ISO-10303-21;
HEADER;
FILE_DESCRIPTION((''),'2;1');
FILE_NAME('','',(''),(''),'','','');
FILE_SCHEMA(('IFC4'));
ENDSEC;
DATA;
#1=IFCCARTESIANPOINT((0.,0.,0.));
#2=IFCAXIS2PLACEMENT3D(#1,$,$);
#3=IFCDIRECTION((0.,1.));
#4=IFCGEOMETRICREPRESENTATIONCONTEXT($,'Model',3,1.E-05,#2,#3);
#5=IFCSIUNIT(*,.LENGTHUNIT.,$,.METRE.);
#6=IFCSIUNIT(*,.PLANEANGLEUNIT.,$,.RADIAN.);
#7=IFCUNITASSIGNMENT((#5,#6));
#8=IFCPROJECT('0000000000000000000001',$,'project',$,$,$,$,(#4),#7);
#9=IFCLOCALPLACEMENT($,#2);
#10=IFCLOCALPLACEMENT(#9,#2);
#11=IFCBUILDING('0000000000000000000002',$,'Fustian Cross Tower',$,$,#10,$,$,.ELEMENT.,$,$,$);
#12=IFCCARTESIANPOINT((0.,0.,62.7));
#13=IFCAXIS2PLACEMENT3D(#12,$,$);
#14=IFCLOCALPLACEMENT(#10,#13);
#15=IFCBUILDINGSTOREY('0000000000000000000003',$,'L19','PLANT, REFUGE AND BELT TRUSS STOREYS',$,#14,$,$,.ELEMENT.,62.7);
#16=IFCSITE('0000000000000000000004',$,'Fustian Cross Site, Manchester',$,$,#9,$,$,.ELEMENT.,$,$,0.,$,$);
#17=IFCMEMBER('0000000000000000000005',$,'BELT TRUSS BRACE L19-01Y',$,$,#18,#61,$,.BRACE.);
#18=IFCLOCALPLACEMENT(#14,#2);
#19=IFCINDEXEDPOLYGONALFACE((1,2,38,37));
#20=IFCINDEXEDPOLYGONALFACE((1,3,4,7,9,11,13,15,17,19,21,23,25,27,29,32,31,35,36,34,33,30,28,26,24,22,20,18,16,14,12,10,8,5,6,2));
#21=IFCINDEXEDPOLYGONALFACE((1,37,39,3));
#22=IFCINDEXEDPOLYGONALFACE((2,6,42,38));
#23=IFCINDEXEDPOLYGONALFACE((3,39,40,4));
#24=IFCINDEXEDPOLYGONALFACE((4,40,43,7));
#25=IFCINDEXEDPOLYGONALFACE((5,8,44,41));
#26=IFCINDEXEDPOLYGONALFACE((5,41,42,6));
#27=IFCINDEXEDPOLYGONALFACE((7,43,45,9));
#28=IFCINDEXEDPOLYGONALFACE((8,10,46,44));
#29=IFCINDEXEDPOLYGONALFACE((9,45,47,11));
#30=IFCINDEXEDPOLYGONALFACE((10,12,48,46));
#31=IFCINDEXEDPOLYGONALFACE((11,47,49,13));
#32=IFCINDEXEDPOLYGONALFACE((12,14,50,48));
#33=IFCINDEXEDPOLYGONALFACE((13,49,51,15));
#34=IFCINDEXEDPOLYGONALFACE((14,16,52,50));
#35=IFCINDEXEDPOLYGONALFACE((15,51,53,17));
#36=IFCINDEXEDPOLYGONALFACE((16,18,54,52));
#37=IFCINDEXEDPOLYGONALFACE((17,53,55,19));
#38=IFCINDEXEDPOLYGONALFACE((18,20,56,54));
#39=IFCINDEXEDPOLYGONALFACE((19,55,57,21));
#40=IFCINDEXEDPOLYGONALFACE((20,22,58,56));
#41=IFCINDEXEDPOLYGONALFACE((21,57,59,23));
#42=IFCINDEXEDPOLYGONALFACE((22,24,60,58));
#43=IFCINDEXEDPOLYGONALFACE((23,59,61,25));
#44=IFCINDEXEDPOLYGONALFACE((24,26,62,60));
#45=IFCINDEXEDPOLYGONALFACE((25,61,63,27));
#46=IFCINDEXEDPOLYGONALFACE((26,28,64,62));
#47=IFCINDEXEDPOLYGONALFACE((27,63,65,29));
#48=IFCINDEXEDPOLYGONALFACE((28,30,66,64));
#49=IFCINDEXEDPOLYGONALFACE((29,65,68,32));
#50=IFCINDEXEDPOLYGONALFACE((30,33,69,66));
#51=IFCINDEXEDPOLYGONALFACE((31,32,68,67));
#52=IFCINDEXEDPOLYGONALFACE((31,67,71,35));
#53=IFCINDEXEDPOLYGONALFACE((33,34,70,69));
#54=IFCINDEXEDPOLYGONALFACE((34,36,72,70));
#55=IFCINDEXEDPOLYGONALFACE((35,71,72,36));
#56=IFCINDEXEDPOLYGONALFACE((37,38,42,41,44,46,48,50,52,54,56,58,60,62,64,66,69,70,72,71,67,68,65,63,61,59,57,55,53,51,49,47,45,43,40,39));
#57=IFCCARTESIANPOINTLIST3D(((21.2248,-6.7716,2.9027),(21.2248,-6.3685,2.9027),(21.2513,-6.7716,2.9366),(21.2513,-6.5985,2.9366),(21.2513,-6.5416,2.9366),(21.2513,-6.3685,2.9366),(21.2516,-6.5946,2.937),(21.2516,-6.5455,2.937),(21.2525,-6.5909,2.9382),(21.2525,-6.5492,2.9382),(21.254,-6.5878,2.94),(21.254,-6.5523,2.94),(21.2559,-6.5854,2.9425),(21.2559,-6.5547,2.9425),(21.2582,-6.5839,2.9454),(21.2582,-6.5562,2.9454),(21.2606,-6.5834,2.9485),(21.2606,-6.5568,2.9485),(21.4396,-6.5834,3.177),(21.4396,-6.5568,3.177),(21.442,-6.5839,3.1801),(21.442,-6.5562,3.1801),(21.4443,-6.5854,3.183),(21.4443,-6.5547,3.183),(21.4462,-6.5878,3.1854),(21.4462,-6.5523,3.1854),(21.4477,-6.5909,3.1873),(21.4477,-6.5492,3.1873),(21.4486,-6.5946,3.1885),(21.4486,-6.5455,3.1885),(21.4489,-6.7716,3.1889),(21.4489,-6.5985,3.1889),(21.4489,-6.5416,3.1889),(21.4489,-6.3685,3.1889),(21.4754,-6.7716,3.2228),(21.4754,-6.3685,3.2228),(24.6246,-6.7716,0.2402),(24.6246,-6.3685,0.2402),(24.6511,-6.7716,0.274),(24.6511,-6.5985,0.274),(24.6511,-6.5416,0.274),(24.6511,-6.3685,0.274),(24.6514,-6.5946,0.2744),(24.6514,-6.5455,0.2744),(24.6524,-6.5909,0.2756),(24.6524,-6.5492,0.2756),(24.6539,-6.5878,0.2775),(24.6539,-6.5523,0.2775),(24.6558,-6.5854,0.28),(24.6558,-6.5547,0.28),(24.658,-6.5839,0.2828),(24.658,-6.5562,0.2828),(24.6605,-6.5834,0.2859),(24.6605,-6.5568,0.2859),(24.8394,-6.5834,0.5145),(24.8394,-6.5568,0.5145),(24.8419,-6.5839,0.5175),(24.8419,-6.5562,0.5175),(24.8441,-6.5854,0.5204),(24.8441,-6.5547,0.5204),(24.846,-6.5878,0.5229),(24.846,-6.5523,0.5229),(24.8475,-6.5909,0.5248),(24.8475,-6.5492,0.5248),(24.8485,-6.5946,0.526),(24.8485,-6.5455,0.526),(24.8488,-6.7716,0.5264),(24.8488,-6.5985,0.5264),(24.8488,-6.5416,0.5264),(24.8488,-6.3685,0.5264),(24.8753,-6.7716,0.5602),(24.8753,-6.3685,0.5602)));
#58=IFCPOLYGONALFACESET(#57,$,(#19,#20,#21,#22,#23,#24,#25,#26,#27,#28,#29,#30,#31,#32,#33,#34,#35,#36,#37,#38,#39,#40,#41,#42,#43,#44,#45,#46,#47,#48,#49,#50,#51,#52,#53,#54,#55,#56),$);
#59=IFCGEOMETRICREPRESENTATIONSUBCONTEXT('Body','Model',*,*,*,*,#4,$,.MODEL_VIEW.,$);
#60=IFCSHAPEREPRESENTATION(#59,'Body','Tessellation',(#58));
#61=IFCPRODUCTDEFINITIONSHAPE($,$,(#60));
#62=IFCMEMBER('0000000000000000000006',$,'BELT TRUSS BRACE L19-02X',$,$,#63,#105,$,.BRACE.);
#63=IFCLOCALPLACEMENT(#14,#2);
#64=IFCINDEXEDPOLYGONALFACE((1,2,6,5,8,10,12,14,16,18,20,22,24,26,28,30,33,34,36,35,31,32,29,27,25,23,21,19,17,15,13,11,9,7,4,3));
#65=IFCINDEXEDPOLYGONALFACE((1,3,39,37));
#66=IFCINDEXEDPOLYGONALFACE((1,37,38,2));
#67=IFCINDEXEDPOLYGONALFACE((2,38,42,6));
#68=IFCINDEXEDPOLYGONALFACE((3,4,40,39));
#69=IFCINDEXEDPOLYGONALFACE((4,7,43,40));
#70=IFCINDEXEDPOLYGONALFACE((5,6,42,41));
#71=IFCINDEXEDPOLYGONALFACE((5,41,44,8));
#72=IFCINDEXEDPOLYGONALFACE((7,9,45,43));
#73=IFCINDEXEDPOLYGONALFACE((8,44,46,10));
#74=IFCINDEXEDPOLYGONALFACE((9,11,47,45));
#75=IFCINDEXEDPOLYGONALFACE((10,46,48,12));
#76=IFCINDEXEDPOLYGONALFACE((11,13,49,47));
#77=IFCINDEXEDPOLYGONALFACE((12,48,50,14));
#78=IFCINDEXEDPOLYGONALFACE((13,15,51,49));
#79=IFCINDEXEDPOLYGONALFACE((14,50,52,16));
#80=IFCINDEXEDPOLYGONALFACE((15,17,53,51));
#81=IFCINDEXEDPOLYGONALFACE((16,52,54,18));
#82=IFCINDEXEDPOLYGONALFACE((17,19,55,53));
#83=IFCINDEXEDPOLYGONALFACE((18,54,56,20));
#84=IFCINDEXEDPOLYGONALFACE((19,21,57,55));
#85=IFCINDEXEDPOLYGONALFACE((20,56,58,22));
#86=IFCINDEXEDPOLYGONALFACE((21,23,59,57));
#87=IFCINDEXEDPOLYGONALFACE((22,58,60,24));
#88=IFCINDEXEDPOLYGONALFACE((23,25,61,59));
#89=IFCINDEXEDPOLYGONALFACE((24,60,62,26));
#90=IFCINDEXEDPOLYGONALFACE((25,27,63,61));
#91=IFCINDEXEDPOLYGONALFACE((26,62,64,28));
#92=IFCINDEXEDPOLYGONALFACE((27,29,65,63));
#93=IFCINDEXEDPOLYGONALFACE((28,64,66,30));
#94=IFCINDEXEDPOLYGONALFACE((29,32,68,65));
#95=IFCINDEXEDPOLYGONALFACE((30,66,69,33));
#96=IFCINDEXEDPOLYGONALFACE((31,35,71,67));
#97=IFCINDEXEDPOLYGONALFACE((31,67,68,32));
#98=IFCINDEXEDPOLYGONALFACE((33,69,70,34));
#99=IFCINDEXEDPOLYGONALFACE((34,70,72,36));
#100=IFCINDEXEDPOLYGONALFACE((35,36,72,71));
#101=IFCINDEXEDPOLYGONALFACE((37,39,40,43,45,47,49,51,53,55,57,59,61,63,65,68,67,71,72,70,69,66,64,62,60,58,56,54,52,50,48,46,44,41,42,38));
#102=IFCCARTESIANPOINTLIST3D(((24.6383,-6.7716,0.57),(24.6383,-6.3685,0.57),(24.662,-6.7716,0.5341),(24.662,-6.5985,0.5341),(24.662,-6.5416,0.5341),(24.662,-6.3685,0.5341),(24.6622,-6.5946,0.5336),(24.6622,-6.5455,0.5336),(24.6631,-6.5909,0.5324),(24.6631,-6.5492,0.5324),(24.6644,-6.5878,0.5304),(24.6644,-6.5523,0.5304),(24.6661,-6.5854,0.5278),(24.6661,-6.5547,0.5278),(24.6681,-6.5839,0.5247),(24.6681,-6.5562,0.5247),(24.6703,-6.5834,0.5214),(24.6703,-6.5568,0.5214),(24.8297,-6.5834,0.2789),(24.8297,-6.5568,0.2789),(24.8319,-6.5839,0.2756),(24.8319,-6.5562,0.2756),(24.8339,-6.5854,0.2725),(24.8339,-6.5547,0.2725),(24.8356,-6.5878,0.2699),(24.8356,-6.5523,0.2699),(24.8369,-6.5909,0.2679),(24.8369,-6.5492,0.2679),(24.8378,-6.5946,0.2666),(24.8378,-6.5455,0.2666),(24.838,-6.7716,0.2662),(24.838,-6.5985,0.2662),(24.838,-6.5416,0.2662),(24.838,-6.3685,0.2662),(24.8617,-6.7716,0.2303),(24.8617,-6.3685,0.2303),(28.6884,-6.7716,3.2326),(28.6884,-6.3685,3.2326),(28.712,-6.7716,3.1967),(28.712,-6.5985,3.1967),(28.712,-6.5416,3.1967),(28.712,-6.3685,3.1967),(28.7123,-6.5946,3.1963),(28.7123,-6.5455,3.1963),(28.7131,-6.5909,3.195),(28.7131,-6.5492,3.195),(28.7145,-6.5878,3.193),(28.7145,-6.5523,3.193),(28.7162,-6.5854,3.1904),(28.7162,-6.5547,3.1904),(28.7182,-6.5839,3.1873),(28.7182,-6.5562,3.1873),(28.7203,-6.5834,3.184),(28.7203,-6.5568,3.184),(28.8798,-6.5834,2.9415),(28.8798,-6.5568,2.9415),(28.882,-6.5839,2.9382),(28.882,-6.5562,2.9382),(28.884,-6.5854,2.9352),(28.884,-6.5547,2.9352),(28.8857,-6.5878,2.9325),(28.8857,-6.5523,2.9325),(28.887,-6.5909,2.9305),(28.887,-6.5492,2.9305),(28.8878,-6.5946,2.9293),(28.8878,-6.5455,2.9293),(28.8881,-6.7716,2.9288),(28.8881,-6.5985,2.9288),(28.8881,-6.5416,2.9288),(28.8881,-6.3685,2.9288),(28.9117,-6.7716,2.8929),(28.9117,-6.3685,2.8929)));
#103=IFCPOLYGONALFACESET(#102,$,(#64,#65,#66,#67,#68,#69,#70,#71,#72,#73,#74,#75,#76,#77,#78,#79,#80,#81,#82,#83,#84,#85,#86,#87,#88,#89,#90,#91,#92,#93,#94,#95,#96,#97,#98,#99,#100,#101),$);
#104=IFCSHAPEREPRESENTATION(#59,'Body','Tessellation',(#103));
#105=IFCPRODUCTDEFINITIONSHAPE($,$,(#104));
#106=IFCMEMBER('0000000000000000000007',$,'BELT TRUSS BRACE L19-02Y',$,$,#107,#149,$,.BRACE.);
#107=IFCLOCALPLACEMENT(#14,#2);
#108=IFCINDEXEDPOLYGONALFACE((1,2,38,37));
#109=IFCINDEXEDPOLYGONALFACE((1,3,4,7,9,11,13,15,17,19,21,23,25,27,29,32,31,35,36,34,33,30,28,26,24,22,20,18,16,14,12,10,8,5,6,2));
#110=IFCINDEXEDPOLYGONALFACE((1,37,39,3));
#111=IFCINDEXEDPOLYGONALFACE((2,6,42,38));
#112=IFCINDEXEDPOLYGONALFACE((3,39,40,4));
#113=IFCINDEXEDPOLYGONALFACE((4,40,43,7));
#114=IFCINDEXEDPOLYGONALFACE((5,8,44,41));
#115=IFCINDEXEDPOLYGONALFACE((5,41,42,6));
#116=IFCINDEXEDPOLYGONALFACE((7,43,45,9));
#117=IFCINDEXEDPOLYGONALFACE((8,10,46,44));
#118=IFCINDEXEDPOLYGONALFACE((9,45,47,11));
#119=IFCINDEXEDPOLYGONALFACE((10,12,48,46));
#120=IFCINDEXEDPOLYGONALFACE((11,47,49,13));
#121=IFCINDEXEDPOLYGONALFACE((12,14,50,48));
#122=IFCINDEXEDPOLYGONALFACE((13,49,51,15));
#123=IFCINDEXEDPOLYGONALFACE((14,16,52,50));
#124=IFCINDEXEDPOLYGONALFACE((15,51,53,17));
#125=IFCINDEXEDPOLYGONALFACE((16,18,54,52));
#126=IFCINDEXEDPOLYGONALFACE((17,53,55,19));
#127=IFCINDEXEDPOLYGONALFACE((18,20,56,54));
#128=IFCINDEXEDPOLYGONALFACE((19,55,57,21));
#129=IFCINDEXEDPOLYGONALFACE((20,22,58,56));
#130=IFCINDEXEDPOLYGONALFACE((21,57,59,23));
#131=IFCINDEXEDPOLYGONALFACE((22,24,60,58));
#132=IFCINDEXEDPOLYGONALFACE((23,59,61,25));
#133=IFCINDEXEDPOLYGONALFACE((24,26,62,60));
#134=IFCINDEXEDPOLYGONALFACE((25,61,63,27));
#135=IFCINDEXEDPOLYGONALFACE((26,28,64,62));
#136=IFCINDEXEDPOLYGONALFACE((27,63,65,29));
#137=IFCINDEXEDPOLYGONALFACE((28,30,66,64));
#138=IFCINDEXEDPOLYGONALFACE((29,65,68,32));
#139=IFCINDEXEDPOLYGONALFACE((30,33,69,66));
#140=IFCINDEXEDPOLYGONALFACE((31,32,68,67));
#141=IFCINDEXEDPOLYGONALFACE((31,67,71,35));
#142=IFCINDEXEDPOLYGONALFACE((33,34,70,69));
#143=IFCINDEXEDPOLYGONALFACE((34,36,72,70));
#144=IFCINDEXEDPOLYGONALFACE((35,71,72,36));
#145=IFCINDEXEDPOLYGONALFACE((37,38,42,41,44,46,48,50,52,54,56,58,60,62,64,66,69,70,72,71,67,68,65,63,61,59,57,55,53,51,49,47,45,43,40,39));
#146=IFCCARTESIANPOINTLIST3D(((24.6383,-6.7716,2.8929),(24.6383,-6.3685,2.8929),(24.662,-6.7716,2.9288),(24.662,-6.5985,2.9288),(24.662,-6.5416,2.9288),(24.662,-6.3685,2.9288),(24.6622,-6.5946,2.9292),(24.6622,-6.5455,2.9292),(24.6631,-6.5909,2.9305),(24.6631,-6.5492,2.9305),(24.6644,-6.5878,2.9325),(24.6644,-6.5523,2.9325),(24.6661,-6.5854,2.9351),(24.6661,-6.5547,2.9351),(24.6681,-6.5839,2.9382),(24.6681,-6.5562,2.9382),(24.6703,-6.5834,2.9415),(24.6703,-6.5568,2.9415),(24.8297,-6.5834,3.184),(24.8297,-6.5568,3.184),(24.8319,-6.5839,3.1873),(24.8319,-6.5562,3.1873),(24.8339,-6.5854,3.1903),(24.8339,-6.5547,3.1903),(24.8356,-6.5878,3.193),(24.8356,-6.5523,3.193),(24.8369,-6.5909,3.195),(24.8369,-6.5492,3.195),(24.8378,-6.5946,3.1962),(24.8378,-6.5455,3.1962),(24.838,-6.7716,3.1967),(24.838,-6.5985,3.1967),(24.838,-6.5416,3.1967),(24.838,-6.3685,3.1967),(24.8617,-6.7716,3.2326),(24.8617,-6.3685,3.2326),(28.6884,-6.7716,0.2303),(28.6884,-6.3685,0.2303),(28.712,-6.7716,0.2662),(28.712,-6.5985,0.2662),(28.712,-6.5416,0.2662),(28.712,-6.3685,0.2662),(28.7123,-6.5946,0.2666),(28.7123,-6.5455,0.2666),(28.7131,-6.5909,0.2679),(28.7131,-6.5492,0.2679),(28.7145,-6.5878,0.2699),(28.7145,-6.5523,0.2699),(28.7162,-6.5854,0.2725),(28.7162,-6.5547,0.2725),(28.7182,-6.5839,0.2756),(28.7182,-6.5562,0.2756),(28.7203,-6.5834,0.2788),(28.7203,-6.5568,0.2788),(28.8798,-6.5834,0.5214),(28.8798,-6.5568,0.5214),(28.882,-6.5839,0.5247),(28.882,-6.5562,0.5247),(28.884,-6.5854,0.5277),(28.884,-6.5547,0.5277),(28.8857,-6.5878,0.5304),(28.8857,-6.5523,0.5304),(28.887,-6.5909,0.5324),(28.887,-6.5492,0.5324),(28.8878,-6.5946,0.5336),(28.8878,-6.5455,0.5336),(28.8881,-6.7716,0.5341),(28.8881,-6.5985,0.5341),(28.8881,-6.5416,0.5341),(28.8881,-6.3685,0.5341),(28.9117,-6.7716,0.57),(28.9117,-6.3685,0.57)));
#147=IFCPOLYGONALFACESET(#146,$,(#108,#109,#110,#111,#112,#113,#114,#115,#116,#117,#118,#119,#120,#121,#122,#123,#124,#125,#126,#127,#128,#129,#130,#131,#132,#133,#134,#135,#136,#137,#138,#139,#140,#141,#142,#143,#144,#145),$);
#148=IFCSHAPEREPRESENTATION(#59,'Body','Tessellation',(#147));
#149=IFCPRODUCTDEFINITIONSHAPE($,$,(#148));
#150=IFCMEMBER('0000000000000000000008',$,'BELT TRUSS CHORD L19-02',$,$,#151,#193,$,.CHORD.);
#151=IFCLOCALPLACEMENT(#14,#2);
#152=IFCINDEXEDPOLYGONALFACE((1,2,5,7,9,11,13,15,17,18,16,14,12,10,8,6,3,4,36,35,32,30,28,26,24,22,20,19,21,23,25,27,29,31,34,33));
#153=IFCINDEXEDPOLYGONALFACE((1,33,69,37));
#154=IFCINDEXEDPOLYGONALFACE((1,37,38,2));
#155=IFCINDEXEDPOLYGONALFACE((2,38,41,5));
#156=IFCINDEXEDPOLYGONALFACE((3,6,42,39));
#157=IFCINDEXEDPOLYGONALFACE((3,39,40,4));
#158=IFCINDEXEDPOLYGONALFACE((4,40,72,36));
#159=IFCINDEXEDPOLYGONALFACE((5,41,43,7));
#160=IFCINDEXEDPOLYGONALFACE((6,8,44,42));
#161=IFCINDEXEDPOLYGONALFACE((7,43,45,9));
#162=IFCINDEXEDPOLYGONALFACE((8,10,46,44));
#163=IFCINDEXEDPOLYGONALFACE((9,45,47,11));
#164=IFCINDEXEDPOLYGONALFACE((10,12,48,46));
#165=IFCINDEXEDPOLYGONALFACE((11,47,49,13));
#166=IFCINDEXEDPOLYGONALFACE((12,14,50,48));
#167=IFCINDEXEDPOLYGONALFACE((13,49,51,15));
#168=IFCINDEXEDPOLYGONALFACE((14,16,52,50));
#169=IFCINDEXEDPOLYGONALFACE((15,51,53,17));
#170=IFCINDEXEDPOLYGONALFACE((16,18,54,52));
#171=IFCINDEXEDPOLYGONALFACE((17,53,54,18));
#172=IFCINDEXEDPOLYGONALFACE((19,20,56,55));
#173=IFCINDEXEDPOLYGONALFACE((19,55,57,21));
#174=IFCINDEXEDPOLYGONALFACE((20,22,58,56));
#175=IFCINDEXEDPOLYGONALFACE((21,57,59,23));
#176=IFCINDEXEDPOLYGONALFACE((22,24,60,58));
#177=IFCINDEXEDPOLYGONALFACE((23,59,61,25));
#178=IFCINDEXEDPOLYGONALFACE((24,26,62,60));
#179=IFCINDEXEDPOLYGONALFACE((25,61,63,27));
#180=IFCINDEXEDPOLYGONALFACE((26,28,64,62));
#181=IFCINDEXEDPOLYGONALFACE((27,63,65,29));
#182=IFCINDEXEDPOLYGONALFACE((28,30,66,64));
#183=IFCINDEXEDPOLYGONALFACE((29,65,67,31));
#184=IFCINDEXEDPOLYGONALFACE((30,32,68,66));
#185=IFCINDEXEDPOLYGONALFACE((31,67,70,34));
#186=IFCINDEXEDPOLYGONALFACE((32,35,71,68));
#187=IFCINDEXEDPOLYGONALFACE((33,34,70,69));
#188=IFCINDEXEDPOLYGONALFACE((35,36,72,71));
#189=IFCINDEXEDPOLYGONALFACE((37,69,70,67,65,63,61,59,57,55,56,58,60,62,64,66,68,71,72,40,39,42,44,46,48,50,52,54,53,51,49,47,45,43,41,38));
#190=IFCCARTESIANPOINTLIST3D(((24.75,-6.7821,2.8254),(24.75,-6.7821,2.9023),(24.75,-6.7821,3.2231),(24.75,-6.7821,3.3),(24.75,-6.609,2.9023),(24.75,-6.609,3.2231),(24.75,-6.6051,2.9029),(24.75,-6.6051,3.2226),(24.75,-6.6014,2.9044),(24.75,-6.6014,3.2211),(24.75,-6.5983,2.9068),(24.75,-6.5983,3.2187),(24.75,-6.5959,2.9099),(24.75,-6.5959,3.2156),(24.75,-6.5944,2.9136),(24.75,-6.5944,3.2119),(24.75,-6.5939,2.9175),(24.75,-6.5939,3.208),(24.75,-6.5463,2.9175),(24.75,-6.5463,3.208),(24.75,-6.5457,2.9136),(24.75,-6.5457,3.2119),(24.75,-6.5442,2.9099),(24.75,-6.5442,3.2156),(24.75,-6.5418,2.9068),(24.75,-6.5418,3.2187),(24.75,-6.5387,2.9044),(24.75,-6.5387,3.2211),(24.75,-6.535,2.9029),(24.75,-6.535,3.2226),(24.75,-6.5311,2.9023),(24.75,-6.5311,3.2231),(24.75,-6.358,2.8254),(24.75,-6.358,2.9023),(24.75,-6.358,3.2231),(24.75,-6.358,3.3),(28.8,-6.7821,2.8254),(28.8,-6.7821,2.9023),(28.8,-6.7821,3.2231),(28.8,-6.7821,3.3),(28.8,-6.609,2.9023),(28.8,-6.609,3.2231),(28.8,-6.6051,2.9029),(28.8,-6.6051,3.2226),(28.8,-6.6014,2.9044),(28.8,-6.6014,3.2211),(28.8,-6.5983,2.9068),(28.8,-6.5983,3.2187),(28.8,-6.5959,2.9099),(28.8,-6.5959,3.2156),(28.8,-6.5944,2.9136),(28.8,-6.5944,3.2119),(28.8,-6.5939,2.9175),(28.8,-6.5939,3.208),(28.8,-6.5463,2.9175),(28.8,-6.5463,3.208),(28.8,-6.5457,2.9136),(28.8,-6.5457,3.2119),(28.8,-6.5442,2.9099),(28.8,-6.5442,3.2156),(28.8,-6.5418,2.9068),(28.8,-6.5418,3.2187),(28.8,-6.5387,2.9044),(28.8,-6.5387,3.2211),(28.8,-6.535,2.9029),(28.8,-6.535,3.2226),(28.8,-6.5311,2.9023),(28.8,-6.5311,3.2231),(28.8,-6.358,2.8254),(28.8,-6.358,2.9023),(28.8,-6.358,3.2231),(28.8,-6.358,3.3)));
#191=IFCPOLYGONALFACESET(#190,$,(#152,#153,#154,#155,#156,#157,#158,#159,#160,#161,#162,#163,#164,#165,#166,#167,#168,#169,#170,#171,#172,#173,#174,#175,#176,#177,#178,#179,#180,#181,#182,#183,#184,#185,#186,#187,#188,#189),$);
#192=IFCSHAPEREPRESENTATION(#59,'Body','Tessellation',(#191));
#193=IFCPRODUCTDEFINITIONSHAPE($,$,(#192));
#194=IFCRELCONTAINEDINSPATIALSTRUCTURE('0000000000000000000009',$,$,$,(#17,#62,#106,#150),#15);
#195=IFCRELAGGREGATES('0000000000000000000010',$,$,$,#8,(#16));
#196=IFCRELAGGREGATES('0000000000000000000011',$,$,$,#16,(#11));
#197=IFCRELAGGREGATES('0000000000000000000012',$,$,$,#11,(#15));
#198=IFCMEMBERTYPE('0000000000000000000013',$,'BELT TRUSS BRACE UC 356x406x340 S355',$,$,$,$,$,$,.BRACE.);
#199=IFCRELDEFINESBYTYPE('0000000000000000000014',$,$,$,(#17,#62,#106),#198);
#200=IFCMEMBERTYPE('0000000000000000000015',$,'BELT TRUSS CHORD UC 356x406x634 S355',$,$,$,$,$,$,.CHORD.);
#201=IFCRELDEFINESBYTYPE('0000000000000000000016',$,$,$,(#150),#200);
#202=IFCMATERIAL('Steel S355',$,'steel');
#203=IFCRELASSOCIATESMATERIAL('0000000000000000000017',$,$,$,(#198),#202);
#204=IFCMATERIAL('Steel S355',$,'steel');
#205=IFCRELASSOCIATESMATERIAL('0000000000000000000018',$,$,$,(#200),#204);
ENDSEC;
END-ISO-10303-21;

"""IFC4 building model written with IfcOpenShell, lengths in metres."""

from ifc_helpers import new_model, si_unit, direction, frame, origin, origin_2d, place, context, subcontext, project, spatial, i_section, extrude, material, material_profile, profile_set, type_object, element, save


model = new_model("IFC4")

# Units and contexts
model_context = context("Model", 3, precision=1e-05, world=origin(), true_north=direction((0.0, 1.0)))
body_context = subcontext(model_context, "Body", "Model", "MODEL_VIEW")
ifc_project = project(units=[si_unit("LENGTHUNIT", "METRE"), si_unit("PLANEANGLEUNIT", "RADIAN")], contexts=[model_context])

# Site, building, storey
site_placement = place(None, origin())
site = spatial("IfcSite", under=ifc_project, at=site_placement, Name="Fustian Cross Site, Manchester", CompositionType="ELEMENT", RefElevation=0.0)
building_placement = place(site_placement, origin())
building = spatial("IfcBuilding", under=site, at=building_placement, Name="Fustian Cross Tower", CompositionType="ELEMENT")
storey_placement = place(building_placement, frame((0.0, 0.0, 62.7)))
storey = spatial("IfcBuildingStorey", under=building, at=storey_placement, Name="L19", Description="PLANT, REFUGE AND BELT TRUSS STOREYS", CompositionType="ELEMENT", Elevation=62.7)

# Members
ifc_material_1 = material(Name="Steel S355", Category="steel")
ifc_material_profile_1 = material_profile(ifc_material_1, i_section(OverallWidth=0.4031, OverallDepth=0.4065, WebThickness=0.0266, FlangeThickness=0.043, FilletRadius=0.0151, at=origin_2d()), Name="UC 356x406x340")
ifc_profile_set_1 = profile_set([ifc_material_profile_1], Name="Steel S355")
member_type_1 = type_object("IfcMemberType", Name="BELT TRUSS BRACE UC 356x406x340 S355", PredefinedType="BRACE", material=ifc_profile_set_1)
member_placement = place(storey_placement, frame((21.3501, -6.5701, 3.0627), z_axis=(0.787302, 0.0, -0.616567), x_axis=(0.0, 1.0, 0.0)))
element("IfcMember", 1, at=member_placement, inside=storey, type_object=member_type_1, Name="BELT TRUSS BRACE L19-01Y", PredefinedType="BRACE", context=body_context, shape_type="SweptSolid", body=[
    extrude(i_section(OverallWidth=0.4031, OverallDepth=0.4065, WebThickness=0.0266, FlangeThickness=0.043, FilletRadius=0.0151, at=origin_2d()), origin(), (0.0, 0.0, 1.0), 4.3184),
])
for number, where, z_axis, x_axis, name in (
    (2, (24.75, -6.5701, 0.4001), (0.835598, 0.0, 0.549342), (0.0, 1.0, 0.0), "BELT TRUSS BRACE L19-02X"),
    (3, (24.75, -6.5701, 3.0627), (0.835598, 0.0, -0.549342), (0.0, 1.0, 0.0), "BELT TRUSS BRACE L19-02Y"),
):
    element("IfcMember", number, at=place(storey_placement, frame(where, z_axis=z_axis, x_axis=x_axis)), inside=storey, type_object=member_type_1, Name=name, PredefinedType="BRACE", context=body_context, shape_type="SweptSolid", body=[
        extrude(i_section(OverallWidth=0.4031, OverallDepth=0.4065, WebThickness=0.0266, FlangeThickness=0.043, FilletRadius=0.0151, at=origin_2d()), origin(), (0.0, 0.0, 1.0), 4.8469),
    ])
ifc_material_2 = material(Name="Steel S355", Category="steel")
ifc_material_profile_2 = material_profile(ifc_material_2, i_section(OverallWidth=0.4241, OverallDepth=0.4746, WebThickness=0.0476, FlangeThickness=0.0769, FilletRadius=0.0151, at=origin_2d()), Name="UC 356x406x634")
ifc_profile_set_2 = profile_set([ifc_material_profile_2], Name="Steel S355")
member_type_2 = type_object("IfcMemberType", Name="BELT TRUSS CHORD UC 356x406x634 S355", PredefinedType="CHORD", material=ifc_profile_set_2)
for number, where, z_axis, x_axis, name in (
    (4, (24.75, -6.5701, 3.0627), (1.0, 0.0, 0.0), (0.0, 1.0, 0.0), "BELT TRUSS CHORD L19-02"),
):
    element("IfcMember", number, at=place(storey_placement, frame(where, z_axis=z_axis, x_axis=x_axis)), inside=storey, type_object=member_type_2, Name=name, PredefinedType="CHORD", context=body_context, shape_type="SweptSolid", body=[
        extrude(i_section(OverallWidth=0.4241, OverallDepth=0.4746, WebThickness=0.0476, FlangeThickness=0.0769, FilletRadius=0.0151, at=origin_2d()), origin(), (0.0, 0.0, 1.0), 4.05),
    ])

save(model, "model.ifc")
